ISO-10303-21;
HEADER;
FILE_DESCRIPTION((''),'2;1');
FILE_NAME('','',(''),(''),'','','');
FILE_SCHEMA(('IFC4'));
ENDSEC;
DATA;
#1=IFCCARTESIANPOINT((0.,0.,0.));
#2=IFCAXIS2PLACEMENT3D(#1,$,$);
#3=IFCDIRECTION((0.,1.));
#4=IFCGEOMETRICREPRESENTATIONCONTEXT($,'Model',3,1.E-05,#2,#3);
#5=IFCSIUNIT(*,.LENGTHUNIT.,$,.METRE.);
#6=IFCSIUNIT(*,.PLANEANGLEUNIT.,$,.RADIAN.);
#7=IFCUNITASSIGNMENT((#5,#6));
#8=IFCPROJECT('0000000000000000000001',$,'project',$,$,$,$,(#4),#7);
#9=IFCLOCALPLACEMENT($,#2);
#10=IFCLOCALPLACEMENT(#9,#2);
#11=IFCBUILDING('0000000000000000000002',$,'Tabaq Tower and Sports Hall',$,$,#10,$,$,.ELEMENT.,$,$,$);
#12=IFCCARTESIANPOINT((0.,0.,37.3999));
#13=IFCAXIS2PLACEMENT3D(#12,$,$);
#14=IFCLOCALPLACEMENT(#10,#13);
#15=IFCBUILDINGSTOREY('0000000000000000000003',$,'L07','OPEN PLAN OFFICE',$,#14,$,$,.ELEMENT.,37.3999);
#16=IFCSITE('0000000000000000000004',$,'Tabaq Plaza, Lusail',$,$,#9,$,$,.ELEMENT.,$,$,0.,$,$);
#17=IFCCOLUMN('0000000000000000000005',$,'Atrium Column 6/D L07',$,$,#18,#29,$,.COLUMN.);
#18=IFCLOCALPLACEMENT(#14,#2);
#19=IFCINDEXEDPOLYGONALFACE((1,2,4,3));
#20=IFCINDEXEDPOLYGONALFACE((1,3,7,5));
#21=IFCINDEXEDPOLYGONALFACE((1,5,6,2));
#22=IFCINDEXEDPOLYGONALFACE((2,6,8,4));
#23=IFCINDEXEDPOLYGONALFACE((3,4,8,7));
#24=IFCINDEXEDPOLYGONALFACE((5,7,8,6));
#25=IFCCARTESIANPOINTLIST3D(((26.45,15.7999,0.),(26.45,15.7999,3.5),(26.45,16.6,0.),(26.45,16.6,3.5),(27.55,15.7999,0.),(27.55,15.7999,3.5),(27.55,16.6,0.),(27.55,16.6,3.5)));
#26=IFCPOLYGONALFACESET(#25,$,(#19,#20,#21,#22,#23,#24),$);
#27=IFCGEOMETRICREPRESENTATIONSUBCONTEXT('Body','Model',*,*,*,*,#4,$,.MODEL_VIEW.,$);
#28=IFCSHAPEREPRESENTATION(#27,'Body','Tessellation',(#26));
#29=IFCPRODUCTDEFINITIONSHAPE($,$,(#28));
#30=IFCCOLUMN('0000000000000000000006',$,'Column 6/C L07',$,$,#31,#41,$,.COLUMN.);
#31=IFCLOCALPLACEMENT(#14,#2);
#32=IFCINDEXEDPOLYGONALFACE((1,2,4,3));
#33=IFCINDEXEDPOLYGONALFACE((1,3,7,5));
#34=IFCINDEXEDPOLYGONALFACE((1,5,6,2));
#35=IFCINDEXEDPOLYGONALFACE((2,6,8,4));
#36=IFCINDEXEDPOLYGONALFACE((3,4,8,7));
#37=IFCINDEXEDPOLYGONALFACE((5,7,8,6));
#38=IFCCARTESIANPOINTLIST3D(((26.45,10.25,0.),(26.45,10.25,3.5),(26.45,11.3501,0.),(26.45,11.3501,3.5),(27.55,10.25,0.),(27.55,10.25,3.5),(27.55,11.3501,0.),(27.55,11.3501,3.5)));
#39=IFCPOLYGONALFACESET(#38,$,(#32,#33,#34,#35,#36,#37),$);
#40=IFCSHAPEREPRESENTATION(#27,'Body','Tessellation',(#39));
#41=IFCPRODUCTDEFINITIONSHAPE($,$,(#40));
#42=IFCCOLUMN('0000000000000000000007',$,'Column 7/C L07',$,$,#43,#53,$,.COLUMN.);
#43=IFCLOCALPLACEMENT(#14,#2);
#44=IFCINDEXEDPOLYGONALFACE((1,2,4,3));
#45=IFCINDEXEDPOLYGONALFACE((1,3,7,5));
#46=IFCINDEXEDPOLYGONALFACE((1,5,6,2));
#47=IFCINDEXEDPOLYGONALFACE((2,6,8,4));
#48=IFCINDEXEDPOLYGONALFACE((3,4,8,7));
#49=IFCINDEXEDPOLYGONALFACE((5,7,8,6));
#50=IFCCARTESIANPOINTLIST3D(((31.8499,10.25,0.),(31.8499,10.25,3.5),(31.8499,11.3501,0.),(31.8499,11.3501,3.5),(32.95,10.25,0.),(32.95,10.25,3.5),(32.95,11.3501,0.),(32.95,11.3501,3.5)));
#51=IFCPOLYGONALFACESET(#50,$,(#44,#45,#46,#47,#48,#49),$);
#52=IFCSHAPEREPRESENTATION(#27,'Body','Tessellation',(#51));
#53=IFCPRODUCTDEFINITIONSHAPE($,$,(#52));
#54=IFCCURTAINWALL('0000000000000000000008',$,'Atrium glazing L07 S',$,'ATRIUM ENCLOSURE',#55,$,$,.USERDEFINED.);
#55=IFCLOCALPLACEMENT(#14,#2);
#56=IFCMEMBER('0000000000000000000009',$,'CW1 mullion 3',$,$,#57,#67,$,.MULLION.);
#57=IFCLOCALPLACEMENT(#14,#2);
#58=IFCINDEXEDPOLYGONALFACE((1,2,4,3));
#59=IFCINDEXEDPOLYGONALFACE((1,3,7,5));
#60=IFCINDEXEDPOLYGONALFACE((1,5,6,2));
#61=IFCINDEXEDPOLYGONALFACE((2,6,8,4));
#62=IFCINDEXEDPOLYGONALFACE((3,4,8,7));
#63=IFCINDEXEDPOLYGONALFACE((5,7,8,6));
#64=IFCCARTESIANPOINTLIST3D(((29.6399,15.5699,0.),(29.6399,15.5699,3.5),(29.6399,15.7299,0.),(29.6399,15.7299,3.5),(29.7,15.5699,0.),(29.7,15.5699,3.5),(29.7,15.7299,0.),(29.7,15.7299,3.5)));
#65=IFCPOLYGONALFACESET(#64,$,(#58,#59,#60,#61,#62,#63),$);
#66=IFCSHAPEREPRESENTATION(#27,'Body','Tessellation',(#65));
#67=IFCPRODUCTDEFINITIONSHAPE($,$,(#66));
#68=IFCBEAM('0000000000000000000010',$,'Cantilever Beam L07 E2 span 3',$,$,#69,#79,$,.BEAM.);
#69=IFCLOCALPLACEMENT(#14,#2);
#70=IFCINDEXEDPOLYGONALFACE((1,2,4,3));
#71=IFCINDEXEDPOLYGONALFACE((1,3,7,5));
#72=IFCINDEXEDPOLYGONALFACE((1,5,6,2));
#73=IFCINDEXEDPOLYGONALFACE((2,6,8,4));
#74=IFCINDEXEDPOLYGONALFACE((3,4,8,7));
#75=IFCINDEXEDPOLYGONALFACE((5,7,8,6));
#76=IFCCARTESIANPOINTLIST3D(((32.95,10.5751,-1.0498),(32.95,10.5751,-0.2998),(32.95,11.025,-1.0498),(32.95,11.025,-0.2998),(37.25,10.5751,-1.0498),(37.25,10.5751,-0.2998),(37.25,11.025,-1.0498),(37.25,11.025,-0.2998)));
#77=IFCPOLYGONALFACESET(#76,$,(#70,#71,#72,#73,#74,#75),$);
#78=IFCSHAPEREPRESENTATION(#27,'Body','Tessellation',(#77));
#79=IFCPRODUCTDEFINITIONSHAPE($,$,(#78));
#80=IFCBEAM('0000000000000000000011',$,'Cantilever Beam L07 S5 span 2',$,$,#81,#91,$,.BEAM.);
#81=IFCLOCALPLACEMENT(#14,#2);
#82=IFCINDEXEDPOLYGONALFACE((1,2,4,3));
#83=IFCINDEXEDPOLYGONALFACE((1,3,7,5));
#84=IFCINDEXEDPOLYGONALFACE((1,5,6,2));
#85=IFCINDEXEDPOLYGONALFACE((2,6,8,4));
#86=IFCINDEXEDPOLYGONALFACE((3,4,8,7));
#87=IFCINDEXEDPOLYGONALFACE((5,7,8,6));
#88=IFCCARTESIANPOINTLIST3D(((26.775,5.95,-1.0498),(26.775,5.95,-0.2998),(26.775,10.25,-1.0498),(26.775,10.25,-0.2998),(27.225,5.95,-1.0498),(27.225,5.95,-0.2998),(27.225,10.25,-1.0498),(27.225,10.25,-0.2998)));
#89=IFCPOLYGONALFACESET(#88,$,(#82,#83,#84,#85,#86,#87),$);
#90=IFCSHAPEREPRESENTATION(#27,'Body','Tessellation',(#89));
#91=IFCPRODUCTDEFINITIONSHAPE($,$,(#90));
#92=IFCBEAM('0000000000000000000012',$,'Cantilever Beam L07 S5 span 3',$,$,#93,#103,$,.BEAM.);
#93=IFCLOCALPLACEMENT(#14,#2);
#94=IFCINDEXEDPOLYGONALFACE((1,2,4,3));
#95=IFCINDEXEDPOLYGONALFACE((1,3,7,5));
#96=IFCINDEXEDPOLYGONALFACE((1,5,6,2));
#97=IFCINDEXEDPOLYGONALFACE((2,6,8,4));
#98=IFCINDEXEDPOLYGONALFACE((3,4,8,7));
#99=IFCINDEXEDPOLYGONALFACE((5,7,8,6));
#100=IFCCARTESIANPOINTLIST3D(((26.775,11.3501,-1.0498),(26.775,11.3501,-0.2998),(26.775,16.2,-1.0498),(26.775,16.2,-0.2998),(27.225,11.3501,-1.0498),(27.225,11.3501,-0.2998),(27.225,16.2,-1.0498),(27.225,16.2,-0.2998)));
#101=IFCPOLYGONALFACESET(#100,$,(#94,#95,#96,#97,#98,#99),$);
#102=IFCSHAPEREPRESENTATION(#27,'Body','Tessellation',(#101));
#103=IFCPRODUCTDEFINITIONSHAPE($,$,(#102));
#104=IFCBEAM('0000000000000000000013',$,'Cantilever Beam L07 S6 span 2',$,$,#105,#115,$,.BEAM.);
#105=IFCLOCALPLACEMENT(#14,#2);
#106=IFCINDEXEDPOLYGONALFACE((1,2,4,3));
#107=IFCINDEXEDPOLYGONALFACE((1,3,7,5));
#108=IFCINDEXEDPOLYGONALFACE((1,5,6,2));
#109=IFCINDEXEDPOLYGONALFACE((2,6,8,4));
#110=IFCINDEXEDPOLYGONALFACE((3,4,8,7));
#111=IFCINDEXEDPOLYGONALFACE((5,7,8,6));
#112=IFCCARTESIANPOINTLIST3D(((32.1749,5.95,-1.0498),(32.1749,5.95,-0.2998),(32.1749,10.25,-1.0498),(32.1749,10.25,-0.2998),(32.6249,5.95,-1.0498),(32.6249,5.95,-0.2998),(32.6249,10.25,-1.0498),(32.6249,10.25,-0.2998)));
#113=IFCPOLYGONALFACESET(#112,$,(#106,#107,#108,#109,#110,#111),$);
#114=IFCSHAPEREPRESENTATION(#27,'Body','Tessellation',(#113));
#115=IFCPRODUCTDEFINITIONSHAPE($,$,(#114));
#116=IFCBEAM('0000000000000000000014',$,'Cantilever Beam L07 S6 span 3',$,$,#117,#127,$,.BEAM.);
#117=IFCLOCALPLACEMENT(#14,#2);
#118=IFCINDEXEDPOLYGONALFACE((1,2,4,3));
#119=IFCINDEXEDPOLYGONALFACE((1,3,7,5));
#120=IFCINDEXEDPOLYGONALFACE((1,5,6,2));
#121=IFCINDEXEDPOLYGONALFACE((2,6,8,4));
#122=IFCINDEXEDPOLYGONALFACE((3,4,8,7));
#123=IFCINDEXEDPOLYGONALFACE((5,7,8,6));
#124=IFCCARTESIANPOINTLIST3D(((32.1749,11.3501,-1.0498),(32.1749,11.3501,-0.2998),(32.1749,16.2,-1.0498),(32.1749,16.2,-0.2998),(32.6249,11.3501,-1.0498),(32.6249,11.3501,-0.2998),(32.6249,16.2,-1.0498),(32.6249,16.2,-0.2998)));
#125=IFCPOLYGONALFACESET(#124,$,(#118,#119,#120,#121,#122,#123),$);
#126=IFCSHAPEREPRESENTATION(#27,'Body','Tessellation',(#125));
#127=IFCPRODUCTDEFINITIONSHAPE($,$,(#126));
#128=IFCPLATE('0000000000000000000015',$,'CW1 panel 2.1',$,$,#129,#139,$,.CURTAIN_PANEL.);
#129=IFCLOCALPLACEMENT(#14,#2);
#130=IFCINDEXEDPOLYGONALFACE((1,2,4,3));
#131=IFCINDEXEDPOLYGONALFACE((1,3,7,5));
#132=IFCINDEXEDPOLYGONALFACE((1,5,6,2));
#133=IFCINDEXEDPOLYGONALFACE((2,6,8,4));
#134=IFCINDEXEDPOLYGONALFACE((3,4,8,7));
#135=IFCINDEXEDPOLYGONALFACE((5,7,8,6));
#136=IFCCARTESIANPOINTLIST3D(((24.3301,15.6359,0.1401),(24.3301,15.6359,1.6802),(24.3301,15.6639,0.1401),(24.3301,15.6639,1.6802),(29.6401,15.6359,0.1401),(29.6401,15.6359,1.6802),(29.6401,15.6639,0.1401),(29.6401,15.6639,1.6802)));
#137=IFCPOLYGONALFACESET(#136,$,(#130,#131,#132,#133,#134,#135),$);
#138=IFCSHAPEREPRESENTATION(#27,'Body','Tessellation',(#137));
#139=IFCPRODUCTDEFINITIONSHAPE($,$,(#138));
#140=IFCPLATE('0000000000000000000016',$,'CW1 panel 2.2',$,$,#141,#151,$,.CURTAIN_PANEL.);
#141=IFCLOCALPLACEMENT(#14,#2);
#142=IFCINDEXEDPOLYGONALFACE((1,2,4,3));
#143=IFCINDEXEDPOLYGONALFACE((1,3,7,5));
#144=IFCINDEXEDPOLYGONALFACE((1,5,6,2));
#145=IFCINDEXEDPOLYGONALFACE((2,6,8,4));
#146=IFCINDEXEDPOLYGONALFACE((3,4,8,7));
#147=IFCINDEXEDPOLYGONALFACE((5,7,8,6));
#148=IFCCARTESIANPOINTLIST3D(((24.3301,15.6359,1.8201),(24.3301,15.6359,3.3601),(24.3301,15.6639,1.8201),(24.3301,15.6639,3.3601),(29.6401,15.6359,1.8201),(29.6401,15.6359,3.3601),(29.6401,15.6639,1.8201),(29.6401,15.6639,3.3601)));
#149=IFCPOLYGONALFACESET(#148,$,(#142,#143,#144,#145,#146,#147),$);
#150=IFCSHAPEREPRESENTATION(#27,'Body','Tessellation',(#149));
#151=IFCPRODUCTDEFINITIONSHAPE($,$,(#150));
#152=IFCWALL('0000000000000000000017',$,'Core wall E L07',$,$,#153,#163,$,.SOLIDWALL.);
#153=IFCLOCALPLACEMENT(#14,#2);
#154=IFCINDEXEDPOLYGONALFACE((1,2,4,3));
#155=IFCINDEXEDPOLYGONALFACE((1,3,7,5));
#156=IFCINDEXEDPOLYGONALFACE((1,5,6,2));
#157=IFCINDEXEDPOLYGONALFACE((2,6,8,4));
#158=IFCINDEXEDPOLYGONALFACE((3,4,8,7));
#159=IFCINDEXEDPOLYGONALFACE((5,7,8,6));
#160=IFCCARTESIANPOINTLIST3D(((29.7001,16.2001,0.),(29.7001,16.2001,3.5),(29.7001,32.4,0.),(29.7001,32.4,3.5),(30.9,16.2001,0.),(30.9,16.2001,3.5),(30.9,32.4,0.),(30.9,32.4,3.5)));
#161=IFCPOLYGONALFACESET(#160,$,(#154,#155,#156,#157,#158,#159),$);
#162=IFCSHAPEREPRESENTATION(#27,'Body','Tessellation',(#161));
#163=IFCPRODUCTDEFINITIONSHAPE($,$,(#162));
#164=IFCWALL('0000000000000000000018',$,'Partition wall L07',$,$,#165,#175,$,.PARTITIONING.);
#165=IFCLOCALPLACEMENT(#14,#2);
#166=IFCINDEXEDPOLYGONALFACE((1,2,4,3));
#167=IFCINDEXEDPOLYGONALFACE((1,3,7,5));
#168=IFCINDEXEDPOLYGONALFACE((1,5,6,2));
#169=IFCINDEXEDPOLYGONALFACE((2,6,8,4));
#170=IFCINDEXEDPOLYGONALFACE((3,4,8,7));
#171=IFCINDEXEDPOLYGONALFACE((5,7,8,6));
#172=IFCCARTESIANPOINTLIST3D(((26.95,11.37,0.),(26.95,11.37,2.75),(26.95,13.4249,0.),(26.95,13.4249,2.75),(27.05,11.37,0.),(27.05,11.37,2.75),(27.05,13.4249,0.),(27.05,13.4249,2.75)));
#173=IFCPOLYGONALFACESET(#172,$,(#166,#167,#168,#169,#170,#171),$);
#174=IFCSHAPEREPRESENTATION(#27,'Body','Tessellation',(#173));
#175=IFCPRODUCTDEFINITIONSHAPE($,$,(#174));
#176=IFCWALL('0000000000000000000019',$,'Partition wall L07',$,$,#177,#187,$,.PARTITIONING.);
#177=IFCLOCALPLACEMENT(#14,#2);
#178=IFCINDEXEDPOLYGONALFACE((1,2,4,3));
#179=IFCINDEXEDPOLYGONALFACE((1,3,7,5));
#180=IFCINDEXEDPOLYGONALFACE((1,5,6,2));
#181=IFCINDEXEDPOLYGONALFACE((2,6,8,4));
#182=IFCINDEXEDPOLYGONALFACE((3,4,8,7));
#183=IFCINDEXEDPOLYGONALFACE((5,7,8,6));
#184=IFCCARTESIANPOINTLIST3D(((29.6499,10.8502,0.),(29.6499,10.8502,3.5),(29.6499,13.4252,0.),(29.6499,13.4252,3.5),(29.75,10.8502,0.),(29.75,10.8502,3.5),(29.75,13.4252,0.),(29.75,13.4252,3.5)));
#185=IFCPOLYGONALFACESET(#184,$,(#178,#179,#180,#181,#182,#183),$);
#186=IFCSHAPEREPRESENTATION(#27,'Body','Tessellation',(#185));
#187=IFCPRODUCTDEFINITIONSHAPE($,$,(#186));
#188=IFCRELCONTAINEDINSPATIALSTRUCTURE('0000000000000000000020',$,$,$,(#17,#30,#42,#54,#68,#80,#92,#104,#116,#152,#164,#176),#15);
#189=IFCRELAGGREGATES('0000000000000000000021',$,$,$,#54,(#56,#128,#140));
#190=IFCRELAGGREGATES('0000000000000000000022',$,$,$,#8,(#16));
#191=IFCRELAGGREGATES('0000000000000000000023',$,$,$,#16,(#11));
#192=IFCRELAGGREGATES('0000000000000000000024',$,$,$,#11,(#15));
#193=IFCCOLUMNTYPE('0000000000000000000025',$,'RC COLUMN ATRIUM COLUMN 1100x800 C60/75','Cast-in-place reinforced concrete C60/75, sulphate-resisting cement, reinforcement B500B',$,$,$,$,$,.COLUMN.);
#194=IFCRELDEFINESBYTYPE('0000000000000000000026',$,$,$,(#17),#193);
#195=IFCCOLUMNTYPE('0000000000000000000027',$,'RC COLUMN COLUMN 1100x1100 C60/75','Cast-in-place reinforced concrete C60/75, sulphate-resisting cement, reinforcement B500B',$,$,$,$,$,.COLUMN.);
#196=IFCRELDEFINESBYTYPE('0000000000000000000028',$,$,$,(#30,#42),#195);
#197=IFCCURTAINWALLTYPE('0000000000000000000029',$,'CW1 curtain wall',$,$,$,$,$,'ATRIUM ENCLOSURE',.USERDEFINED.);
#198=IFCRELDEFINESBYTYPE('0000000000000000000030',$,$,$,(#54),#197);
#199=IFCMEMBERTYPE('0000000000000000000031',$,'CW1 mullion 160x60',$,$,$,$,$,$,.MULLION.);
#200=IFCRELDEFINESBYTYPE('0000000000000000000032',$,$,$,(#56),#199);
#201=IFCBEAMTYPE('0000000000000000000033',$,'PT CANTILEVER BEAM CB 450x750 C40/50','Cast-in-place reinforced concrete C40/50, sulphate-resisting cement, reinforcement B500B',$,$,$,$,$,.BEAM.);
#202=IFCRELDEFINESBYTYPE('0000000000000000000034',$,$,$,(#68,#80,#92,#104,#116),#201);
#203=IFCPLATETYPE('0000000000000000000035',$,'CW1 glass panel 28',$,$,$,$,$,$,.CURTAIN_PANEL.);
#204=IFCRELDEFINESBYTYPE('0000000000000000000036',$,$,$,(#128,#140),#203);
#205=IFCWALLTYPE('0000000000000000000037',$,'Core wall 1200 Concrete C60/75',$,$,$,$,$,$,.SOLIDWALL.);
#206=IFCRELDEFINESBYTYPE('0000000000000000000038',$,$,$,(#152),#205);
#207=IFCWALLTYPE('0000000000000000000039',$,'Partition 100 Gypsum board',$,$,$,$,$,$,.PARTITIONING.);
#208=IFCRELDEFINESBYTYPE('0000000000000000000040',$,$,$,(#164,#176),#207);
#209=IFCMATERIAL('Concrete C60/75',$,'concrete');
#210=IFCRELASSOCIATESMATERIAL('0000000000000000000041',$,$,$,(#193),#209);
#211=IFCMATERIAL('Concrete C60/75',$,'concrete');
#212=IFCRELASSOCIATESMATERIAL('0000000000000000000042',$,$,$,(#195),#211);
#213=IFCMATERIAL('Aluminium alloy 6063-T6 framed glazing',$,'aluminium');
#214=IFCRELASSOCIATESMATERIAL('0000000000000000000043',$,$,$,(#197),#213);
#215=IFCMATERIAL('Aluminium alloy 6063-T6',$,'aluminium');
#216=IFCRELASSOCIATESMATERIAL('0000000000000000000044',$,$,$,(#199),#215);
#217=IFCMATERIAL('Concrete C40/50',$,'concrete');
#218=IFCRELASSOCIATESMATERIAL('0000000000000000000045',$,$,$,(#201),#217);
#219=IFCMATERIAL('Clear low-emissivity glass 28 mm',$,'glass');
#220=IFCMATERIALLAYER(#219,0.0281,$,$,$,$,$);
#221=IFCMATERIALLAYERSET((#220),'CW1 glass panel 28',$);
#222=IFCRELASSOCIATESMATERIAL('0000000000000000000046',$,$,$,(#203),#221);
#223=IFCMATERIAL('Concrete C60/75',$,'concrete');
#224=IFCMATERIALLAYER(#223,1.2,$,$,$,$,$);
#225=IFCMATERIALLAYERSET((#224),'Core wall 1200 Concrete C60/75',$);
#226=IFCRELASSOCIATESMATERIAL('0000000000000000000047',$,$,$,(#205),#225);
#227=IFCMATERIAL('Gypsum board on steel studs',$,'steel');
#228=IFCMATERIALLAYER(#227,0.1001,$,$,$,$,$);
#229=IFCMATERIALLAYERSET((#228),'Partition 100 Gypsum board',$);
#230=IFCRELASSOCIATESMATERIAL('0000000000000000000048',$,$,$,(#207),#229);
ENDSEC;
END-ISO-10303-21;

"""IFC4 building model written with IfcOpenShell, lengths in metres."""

from ifc_helpers import new_model, si_unit, direction, frame, frame_2d, origin, origin_2d, place, context, subcontext, project, spatial, rectangle, extrude, material, layer, layer_set, material_profile, profile_set, type_object, element, aggregate, save


model = new_model("IFC4")

# Units and contexts
model_context = context("Model", 3, precision=1e-05, world=origin(), true_north=direction((0.0, 1.0)))
body_context = subcontext(model_context, "Body", "Model", "MODEL_VIEW")
ifc_project = project(units=[si_unit("LENGTHUNIT", "METRE"), si_unit("PLANEANGLEUNIT", "RADIAN")], contexts=[model_context])

# Site, building, storey
site_placement = place(None, origin())
site = spatial("IfcSite", under=ifc_project, at=site_placement, Name="Tabaq Plaza, Lusail", CompositionType="ELEMENT", RefElevation=0.0)
building_placement = place(site_placement, origin())
building = spatial("IfcBuilding", under=site, at=building_placement, Name="Tabaq Tower and Sports Hall", CompositionType="ELEMENT")
storey_placement = place(building_placement, frame((0.0, 0.0, 37.3999)))
storey = spatial("IfcBuildingStorey", under=building, at=storey_placement, Name="L07", Description="OPEN PLAN OFFICE", CompositionType="ELEMENT", Elevation=37.3999)

# Columns
ifc_material_1 = material(Name="Concrete C60/75", Category="concrete")
ifc_material_profile_1 = material_profile(ifc_material_1, rectangle(XDim=1.1001, YDim=0.8, at=origin_2d()), Name="ATRIUM COLUMN 1100x800")
ifc_profile_set_1 = profile_set([ifc_material_profile_1], Name="Concrete C60/75")
column_type_1 = type_object("IfcColumnType", Name="RC COLUMN ATRIUM COLUMN 1100x800 C60/75", Description="Cast-in-place reinforced concrete C60/75, sulphate-resisting cement, reinforcement B500B", PredefinedType="COLUMN", material=ifc_profile_set_1)
column_placement = place(storey_placement, frame((27.0, 16.2, 0.0), z_axis=(0.0, 0.0, 1.0), x_axis=(1.0, 0.0, 0.0)))
element("IfcColumn", 1, at=column_placement, inside=storey, type_object=column_type_1, Name="Atrium Column 6/D L07", PredefinedType="COLUMN", context=body_context, shape_type="SweptSolid", body=[
    extrude(rectangle(XDim=1.1001, YDim=0.8, at=origin_2d()), origin(), (0.0, 0.0, 1.0), 3.5),
])
ifc_material_2 = material(Name="Concrete C60/75", Category="concrete")
ifc_material_profile_2 = material_profile(ifc_material_2, rectangle(XDim=1.1001, YDim=1.1001, at=origin_2d()), Name="COLUMN 1100x1100")
ifc_profile_set_2 = profile_set([ifc_material_profile_2], Name="Concrete C60/75")
column_type_2 = type_object("IfcColumnType", Name="RC COLUMN COLUMN 1100x1100 C60/75", Description="Cast-in-place reinforced concrete C60/75, sulphate-resisting cement, reinforcement B500B", PredefinedType="COLUMN", material=ifc_profile_set_2)
for number, where, z_axis, x_axis, name in (
    (2, (27.0, 10.8, 0.0), (0.0, 0.0, 1.0), (1.0, 0.0, 0.0), "Column 6/C L07"),
    (3, (32.3999, 10.8, 0.0), (0.0, 0.0, 1.0), (1.0, 0.0, 0.0), "Column 7/C L07"),
):
    element("IfcColumn", number, at=place(storey_placement, frame(where, z_axis=z_axis, x_axis=x_axis)), inside=storey, type_object=column_type_2, Name=name, PredefinedType="COLUMN", context=body_context, shape_type="SweptSolid", body=[
        extrude(rectangle(XDim=1.1001, YDim=1.1001, at=origin_2d()), origin(), (0.0, 0.0, 1.0), 3.5),
    ])

# Curtain wall, member
ifc_material_3 = material(Name="Aluminium alloy 6063-T6 framed glazing", Category="aluminium")
curtain_wall_type = type_object("IfcCurtainWallType", Name="CW1 curtain wall", ElementType="ATRIUM ENCLOSURE", PredefinedType="USERDEFINED", material=ifc_material_3)
curtain_wall_placement = place(storey_placement, origin())
curtain_wall = element("IfcCurtainWall", 4, at=curtain_wall_placement, inside=storey, type_object=curtain_wall_type, Name="Atrium glazing L07 S", ObjectType="ATRIUM ENCLOSURE", PredefinedType="USERDEFINED")
ifc_material_4 = material(Name="Aluminium alloy 6063-T6", Category="aluminium")
ifc_material_profile_3 = material_profile(ifc_material_4, rectangle(XDim=0.1599, YDim=0.0601, at=origin_2d()), Name="MULLION 160x60")
ifc_profile_set_3 = profile_set([ifc_material_profile_3], Name="Aluminium alloy 6063-T6")
member_type = type_object("IfcMemberType", Name="CW1 mullion 160x60", PredefinedType="MULLION", material=ifc_profile_set_3)
member_placement = place(storey_placement, frame((29.6699, 15.6499, 0.0), z_axis=(0.0, 0.0, 1.0), x_axis=(0.0, 1.0, 0.0)))
member = element("IfcMember", 5, at=member_placement, type_object=member_type, Name="CW1 mullion 3", PredefinedType="MULLION", context=body_context, shape_type="SweptSolid", body=[
    extrude(rectangle(XDim=0.1599, YDim=0.0601, at=origin_2d()), origin(), (0.0, 0.0, 1.0), 3.5),
])

# Beams
ifc_material_5 = material(Name="Concrete C40/50", Category="concrete")
ifc_material_profile_4 = material_profile(ifc_material_5, rectangle(XDim=0.45, YDim=0.75, at=origin_2d()), Name="CB 450x750")
ifc_profile_set_4 = profile_set([ifc_material_profile_4], Name="Concrete C40/50")
beam_type = type_object("IfcBeamType", Name="PT CANTILEVER BEAM CB 450x750 C40/50", Description="Cast-in-place reinforced concrete C40/50, sulphate-resisting cement, reinforcement B500B", PredefinedType="BEAM", material=ifc_profile_set_4)
for number, where, z_axis, x_axis, name in (
    (6, (37.25, 10.8, -0.6748), (-1.0, 0.0, 0.0), (0.0, -1.0, 0.0), "Cantilever Beam L07 E2 span 3"),
    (7, (27.0, 5.95, -0.6748), (0.0, 1.0, 0.0), (-1.0, 0.0, 0.0), "Cantilever Beam L07 S5 span 2"),
):
    element("IfcBeam", number, at=place(storey_placement, frame(where, z_axis=z_axis, x_axis=x_axis)), inside=storey, type_object=beam_type, Name=name, PredefinedType="BEAM", context=body_context, shape_type="SweptSolid", body=[
        extrude(rectangle(XDim=0.45, YDim=0.75, at=origin_2d()), origin(), (0.0, 0.0, 1.0), 4.3),
    ])
beam_1_placement = place(storey_placement, frame((27.0, 11.3501, -0.6748), z_axis=(0.0, 1.0, 0.0), x_axis=(-1.0, 0.0, 0.0)))
element("IfcBeam", 8, at=beam_1_placement, inside=storey, type_object=beam_type, Name="Cantilever Beam L07 S5 span 3", PredefinedType="BEAM", context=body_context, shape_type="SweptSolid", body=[
    extrude(rectangle(XDim=0.45, YDim=0.75, at=origin_2d()), origin(), (0.0, 0.0, 1.0), 4.8499),
])
beam_2_placement = place(storey_placement, frame((32.3999, 5.95, -0.6748), z_axis=(0.0, 1.0, 0.0), x_axis=(-1.0, 0.0, 0.0)))
element("IfcBeam", 9, at=beam_2_placement, inside=storey, type_object=beam_type, Name="Cantilever Beam L07 S6 span 2", PredefinedType="BEAM", context=body_context, shape_type="SweptSolid", body=[
    extrude(rectangle(XDim=0.45, YDim=0.75, at=origin_2d()), origin(), (0.0, 0.0, 1.0), 4.3),
])
beam_3_placement = place(storey_placement, frame((32.3999, 11.3501, -0.6748), z_axis=(0.0, 1.0, 0.0), x_axis=(-1.0, 0.0, 0.0)))
element("IfcBeam", 10, at=beam_3_placement, inside=storey, type_object=beam_type, Name="Cantilever Beam L07 S6 span 3", PredefinedType="BEAM", context=body_context, shape_type="SweptSolid", body=[
    extrude(rectangle(XDim=0.45, YDim=0.75, at=origin_2d()), origin(), (0.0, 0.0, 1.0), 4.8499),
])

# Plates
ifc_material_6 = material(Name="Clear low-emissivity glass 28 mm", Category="glass")
ifc_layer_1 = layer(ifc_material_6, 0.0281)
ifc_layer_set_1 = layer_set([ifc_layer_1], Name="CW1 glass panel 28")
plate_type = type_object("IfcPlateType", Name="CW1 glass panel 28", PredefinedType="CURTAIN_PANEL", material=ifc_layer_set_1)
plate_1_placement = place(storey_placement, frame((26.9851, 15.6499, 0.1401), z_axis=(0.0, 0.0, 1.0), x_axis=(1.0, 0.0, 0.0)))
plate_1 = element("IfcPlate", 11, at=plate_1_placement, type_object=plate_type, Name="CW1 panel 2.1", PredefinedType="CURTAIN_PANEL", context=body_context, shape_type="SweptSolid", body=[
    extrude(rectangle(XDim=5.3101, YDim=0.0281, at=origin_2d()), origin(), (0.0, 0.0, 1.0), 1.54),
])
plate_2_placement = place(storey_placement, frame((26.9851, 15.6499, 1.8201), z_axis=(0.0, 0.0, 1.0), x_axis=(1.0, 0.0, 0.0)))
plate_2 = element("IfcPlate", 12, at=plate_2_placement, type_object=plate_type, Name="CW1 panel 2.2", PredefinedType="CURTAIN_PANEL", context=body_context, shape_type="SweptSolid", body=[
    extrude(rectangle(XDim=5.3101, YDim=0.0281, at=origin_2d()), origin(), (0.0, 0.0, 1.0), 1.54),
])
aggregate(curtain_wall, [member, plate_1, plate_2])

# Walls
ifc_material_7 = material(Name="Concrete C60/75", Category="concrete")
ifc_layer_2 = layer(ifc_material_7, 1.2)
ifc_layer_set_2 = layer_set([ifc_layer_2], Name="Core wall 1200 Concrete C60/75")
wall_type_1 = type_object("IfcWallType", Name="Core wall 1200 Concrete C60/75", PredefinedType="SOLIDWALL", material=ifc_layer_set_2)
wall_1_placement = place(storey_placement, frame((30.3, 16.2, 0.0), z_axis=(0.0, 0.0, 1.0), x_axis=(0.0, 1.0, 0.0)))
element("IfcWall", 13, at=wall_1_placement, inside=storey, type_object=wall_type_1, Name="Core wall E L07", PredefinedType="SOLIDWALL", context=body_context, shape_type="SweptSolid", body=[
    extrude(rectangle(XDim=16.2, YDim=1.2, at=frame_2d((8.1001, 0.0))), origin(), (0.0, 0.0, 1.0), 3.5),
])
ifc_material_8 = material(Name="Gypsum board on steel studs", Category="steel")
ifc_layer_3 = layer(ifc_material_8, 0.1001)
ifc_layer_set_3 = layer_set([ifc_layer_3], Name="Partition 100 Gypsum board")
wall_type_2 = type_object("IfcWallType", Name="Partition 100 Gypsum board", PredefinedType="PARTITIONING", material=ifc_layer_set_3)
wall_2_placement = place(storey_placement, frame((27.0, 11.3701, 0.0), z_axis=(0.0, 0.0, 1.0), x_axis=(0.0, 1.0, 0.0)))
element("IfcWall", 14, at=wall_2_placement, inside=storey, type_object=wall_type_2, Name="Partition wall L07", PredefinedType="PARTITIONING", context=body_context, shape_type="SweptSolid", body=[
    extrude(rectangle(XDim=2.0549, YDim=0.1001, at=frame_2d((1.0273, 0.0))), origin(), (0.0, 0.0, 1.0), 2.75),
])
wall_3_placement = place(storey_placement, frame((29.7, 10.8501, 0.0), z_axis=(0.0, 0.0, 1.0), x_axis=(0.0, 1.0, 0.0)))
element("IfcWall", 15, at=wall_3_placement, inside=storey, type_object=wall_type_2, Name="Partition wall L07", PredefinedType="PARTITIONING", context=body_context, shape_type="SweptSolid", body=[
    extrude(rectangle(XDim=2.575, YDim=0.1001, at=frame_2d((1.2876, 0.0))), origin(), (0.0, 0.0, 1.0), 3.5),
])

save(model, "model.ifc")
